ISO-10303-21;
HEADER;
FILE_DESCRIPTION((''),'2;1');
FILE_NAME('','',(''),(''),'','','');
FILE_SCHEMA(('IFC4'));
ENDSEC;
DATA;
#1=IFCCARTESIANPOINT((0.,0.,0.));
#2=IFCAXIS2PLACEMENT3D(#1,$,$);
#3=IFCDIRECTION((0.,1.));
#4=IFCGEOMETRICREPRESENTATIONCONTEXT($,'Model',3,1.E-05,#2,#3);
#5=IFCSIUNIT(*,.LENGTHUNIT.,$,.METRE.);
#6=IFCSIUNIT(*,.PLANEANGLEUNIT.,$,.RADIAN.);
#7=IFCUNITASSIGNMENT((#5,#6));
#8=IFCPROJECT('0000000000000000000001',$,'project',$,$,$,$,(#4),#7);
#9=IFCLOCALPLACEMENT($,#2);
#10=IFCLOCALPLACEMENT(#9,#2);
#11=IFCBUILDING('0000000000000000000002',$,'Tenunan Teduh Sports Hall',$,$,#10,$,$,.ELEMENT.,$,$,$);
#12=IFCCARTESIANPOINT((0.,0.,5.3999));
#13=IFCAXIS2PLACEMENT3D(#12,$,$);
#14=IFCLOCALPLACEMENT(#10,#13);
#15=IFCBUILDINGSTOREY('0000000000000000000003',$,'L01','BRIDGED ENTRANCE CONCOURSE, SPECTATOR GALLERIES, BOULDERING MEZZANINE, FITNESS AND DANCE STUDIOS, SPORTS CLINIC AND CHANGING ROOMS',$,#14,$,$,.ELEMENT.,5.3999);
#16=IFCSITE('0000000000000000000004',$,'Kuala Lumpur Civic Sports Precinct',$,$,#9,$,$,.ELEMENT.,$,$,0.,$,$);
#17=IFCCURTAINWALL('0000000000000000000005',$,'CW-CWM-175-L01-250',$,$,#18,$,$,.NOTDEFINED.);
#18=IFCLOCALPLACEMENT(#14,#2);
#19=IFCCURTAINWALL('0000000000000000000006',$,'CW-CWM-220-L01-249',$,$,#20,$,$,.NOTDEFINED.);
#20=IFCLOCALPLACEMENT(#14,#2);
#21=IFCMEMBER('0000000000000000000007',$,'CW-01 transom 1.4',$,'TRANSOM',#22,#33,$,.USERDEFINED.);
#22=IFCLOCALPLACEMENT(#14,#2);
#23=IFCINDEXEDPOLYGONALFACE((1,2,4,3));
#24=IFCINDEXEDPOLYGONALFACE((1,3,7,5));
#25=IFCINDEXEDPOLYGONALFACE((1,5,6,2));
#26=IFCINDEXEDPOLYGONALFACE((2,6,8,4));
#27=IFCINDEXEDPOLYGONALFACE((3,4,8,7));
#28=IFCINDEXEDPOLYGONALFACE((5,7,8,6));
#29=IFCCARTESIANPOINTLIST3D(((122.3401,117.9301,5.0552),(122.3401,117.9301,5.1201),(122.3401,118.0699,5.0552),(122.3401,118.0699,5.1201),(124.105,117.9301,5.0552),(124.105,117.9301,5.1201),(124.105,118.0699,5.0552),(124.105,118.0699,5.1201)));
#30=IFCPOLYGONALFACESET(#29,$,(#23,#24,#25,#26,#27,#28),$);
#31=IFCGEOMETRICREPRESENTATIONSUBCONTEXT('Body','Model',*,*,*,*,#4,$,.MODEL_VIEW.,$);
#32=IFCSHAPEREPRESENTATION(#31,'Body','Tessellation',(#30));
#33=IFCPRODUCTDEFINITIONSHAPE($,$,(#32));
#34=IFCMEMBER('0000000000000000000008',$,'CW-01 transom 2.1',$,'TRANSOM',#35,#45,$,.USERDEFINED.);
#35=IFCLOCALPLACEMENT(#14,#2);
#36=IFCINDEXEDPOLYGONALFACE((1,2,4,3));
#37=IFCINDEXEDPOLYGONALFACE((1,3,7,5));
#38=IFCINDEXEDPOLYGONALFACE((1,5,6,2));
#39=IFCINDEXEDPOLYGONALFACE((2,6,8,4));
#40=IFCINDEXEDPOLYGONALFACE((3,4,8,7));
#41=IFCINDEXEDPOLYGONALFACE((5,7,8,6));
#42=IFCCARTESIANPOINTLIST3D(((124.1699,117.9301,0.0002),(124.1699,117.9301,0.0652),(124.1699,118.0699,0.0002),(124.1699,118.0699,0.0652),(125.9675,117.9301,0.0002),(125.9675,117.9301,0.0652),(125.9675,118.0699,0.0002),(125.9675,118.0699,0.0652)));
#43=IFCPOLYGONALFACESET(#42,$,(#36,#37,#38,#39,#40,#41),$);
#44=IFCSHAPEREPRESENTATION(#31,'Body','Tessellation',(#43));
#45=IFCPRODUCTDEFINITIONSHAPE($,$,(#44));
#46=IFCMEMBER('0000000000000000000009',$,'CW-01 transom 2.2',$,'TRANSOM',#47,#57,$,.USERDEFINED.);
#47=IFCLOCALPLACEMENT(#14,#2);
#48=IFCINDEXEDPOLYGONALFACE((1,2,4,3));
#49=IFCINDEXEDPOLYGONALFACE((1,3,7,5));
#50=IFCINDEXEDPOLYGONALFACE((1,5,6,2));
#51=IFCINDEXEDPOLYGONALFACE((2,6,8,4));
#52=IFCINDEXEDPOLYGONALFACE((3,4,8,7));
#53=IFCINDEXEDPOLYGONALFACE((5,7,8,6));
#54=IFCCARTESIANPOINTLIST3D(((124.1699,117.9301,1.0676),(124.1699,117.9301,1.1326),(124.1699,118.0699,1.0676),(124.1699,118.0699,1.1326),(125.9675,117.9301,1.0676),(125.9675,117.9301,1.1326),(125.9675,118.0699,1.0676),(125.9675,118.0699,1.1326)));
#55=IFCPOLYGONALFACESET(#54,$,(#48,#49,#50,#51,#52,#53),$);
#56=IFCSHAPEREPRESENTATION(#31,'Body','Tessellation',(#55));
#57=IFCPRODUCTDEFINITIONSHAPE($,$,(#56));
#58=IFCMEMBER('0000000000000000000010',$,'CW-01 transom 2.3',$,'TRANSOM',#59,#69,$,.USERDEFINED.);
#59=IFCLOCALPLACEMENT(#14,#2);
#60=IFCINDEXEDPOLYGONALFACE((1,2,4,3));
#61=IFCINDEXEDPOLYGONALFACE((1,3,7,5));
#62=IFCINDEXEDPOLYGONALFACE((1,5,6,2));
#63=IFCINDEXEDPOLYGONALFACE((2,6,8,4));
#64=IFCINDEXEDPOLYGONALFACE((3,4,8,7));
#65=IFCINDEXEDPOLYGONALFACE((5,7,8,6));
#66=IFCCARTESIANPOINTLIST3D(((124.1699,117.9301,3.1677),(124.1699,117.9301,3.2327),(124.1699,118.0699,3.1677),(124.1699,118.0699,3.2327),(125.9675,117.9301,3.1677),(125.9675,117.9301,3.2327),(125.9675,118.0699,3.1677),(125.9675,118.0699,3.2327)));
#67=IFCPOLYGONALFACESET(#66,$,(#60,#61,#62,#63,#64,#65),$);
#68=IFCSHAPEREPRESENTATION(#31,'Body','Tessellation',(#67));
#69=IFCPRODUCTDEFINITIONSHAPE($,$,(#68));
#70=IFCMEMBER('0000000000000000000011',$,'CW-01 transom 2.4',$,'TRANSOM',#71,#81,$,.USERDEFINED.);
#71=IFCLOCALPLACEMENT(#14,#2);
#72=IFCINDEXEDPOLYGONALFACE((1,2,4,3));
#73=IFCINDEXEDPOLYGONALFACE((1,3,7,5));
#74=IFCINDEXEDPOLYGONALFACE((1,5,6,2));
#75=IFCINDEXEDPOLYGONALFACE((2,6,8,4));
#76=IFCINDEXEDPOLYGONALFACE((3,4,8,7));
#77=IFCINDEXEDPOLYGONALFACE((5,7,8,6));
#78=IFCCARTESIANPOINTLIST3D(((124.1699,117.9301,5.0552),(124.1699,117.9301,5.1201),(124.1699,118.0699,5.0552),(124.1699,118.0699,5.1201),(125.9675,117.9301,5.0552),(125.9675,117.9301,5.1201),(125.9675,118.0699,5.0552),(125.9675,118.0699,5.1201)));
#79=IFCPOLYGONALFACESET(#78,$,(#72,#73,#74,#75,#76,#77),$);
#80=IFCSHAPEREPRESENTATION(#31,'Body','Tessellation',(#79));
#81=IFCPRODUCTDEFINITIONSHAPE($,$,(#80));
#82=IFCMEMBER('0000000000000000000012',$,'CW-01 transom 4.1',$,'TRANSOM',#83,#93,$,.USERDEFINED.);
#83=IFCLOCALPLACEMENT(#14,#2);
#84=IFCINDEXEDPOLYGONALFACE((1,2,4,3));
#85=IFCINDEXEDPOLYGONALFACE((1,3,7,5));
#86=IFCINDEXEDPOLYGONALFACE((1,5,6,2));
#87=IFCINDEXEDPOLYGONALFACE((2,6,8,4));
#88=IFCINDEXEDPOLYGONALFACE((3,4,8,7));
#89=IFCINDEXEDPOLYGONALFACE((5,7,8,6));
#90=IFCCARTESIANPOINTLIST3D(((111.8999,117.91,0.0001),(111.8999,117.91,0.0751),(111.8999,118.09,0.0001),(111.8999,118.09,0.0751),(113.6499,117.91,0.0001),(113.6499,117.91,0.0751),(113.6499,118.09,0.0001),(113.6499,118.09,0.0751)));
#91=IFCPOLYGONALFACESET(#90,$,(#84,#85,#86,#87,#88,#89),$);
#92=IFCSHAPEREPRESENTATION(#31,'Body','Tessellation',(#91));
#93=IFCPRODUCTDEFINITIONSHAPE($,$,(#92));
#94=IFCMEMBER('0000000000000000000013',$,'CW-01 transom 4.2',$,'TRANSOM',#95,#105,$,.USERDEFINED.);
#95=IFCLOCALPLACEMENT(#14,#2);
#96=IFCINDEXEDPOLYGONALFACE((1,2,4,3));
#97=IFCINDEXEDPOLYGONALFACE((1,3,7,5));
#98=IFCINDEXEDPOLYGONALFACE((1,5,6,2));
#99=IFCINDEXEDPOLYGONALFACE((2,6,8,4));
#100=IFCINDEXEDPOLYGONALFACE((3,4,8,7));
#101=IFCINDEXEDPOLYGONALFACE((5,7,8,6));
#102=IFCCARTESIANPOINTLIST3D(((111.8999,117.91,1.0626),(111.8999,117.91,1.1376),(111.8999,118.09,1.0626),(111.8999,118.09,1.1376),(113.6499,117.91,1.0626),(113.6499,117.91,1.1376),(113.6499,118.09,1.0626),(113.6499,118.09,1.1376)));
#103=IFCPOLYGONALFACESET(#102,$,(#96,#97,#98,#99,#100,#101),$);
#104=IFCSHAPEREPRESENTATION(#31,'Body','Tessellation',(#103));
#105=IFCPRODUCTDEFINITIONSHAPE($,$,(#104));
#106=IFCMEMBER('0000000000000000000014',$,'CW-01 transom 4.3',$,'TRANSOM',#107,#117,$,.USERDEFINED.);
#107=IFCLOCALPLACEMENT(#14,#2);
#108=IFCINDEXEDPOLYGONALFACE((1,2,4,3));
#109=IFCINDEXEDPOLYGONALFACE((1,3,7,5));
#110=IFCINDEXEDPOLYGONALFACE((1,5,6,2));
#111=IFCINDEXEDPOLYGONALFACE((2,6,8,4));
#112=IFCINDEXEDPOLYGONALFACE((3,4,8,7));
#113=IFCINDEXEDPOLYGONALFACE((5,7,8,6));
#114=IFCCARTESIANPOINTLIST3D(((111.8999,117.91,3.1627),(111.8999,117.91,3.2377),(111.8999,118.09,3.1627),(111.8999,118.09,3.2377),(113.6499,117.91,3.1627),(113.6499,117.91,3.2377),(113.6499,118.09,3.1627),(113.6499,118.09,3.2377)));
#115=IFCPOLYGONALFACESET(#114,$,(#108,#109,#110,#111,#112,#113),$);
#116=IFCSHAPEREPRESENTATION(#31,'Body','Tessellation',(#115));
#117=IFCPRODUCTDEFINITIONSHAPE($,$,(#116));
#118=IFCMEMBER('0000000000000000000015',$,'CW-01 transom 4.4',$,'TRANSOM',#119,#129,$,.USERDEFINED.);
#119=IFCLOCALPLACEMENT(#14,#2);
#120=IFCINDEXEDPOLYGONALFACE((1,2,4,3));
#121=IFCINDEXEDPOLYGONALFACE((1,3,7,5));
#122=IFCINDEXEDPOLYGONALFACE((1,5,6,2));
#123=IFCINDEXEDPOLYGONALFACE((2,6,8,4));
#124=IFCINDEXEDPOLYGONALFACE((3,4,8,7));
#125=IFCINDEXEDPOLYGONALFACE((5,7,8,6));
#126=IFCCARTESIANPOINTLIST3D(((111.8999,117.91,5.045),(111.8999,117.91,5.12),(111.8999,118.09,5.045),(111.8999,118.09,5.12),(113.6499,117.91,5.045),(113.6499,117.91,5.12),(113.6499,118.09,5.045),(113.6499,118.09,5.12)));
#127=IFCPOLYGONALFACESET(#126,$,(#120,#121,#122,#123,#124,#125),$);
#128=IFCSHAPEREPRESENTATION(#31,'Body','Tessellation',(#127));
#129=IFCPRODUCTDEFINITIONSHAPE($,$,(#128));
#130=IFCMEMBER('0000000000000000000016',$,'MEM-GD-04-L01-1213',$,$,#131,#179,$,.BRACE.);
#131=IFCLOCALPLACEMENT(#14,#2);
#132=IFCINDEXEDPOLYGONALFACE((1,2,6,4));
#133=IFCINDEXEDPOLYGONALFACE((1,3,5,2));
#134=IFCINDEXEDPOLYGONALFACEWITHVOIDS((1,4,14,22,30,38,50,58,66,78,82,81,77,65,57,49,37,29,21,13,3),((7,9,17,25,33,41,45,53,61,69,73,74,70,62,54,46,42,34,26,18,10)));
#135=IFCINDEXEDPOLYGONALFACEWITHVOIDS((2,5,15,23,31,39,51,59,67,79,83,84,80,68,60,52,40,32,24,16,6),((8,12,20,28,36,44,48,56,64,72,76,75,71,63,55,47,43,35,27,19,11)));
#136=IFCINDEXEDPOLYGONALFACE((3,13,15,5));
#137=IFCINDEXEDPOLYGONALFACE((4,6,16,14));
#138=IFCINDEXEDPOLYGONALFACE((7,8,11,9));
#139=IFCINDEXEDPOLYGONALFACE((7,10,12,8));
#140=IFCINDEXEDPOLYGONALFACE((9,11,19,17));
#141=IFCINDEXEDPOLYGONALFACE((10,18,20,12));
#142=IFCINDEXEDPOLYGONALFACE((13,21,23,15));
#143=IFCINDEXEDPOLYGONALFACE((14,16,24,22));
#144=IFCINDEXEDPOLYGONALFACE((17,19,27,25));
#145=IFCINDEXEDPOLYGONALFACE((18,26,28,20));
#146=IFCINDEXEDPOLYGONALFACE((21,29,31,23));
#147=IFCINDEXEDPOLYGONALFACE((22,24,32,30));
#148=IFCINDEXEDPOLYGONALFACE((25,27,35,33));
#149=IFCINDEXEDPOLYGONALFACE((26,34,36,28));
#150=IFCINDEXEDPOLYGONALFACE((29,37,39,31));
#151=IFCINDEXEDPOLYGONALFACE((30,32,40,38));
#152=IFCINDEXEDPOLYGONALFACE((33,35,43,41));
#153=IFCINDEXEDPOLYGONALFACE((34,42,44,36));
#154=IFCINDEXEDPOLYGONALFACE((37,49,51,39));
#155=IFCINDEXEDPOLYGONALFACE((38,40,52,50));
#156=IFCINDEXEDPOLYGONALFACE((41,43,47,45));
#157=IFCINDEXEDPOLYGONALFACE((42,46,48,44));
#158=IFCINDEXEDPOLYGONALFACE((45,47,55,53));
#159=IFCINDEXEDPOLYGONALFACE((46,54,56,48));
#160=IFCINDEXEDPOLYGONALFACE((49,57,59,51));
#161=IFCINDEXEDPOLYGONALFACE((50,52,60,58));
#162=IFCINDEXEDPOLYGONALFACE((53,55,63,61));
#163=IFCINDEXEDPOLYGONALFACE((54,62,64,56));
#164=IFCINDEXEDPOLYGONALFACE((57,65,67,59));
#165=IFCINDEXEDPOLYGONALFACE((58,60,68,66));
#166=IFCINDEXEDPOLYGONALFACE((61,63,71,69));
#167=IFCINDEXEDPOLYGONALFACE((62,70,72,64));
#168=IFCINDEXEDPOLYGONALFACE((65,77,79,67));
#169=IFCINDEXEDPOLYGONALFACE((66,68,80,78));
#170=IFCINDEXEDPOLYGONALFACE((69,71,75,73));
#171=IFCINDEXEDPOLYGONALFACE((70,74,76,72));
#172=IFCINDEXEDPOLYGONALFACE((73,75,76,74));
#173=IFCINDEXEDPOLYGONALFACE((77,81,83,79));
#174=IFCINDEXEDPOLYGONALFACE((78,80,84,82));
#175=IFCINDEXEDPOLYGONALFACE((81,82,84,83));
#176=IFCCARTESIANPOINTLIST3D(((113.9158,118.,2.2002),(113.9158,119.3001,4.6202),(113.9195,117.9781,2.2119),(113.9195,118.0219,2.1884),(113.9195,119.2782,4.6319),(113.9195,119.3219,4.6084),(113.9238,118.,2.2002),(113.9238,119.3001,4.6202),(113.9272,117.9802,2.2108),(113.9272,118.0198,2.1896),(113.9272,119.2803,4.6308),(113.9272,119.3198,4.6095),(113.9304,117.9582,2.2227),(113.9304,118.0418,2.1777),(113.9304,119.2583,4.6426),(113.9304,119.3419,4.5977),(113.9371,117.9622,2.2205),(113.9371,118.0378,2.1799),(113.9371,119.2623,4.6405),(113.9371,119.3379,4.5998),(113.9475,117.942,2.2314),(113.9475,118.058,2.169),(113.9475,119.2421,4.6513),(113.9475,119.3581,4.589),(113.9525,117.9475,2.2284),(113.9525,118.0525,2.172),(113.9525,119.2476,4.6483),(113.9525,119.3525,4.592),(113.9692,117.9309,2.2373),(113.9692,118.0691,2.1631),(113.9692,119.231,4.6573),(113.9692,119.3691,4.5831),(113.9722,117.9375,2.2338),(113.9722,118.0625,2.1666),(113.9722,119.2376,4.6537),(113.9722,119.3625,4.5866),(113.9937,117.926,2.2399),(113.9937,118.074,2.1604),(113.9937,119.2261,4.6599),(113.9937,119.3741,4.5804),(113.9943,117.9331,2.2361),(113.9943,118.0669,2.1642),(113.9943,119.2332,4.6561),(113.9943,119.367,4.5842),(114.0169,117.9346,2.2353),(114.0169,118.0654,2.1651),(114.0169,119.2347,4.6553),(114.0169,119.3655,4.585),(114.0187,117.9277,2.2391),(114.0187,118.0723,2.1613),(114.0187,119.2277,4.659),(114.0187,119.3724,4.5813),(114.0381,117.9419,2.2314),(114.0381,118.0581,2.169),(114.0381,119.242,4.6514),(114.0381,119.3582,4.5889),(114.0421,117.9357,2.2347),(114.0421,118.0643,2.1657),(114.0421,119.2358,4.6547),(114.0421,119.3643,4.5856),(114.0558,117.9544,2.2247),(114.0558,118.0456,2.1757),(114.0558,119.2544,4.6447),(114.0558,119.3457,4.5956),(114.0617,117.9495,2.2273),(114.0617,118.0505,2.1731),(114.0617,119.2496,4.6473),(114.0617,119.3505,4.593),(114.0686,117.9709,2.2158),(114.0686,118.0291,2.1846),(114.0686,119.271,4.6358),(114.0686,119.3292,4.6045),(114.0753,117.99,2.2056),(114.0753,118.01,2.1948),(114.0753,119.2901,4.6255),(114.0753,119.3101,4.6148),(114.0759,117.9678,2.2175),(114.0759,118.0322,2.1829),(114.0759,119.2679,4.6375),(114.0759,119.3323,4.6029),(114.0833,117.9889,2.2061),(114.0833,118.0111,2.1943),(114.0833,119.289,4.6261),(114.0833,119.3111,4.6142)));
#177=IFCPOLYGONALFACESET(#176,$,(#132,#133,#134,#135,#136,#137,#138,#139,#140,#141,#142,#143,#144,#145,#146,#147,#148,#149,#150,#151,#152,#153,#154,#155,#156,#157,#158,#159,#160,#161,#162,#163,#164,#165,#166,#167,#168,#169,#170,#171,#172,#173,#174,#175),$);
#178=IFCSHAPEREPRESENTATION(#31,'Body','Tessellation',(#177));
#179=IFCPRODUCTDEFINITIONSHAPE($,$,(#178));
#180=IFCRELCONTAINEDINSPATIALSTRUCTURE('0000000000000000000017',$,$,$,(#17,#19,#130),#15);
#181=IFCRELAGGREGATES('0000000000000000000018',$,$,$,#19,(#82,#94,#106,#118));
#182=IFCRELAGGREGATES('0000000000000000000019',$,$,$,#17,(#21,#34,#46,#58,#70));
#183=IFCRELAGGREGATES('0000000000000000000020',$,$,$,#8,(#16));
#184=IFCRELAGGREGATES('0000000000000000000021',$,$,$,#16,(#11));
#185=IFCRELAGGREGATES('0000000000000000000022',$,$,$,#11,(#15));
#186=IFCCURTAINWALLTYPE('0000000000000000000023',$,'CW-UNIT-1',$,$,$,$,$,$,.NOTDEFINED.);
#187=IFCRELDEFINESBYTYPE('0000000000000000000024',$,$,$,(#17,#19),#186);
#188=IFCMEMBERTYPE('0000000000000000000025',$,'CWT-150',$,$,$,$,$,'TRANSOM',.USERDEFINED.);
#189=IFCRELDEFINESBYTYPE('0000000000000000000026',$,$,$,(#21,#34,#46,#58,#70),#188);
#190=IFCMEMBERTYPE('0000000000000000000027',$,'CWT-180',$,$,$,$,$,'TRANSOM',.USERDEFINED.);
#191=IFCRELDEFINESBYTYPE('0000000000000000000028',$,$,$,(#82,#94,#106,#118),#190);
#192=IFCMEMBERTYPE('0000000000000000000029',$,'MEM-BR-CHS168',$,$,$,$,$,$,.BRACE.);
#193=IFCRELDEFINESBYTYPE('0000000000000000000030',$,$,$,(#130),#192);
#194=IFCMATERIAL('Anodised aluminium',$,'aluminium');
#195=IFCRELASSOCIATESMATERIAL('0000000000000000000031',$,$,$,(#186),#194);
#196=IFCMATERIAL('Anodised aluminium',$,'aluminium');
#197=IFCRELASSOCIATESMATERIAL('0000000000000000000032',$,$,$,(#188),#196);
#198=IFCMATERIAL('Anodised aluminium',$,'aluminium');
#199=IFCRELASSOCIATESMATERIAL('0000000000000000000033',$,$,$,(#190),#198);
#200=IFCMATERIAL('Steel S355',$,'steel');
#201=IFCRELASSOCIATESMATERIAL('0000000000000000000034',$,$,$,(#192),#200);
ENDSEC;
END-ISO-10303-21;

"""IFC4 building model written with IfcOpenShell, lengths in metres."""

from ifc_helpers import new_model, si_unit, direction, frame, origin, origin_2d, place, context, subcontext, project, spatial, rectangle, hollow_circle, extrude, material, material_profile, profile_set, type_object, element, aggregate, save


model = new_model("IFC4")

# Units and contexts
model_context = context("Model", 3, precision=1e-05, world=origin(), true_north=direction((0.0, 1.0)))
body_context = subcontext(model_context, "Body", "Model", "MODEL_VIEW")
ifc_project = project(units=[si_unit("LENGTHUNIT", "METRE"), si_unit("PLANEANGLEUNIT", "RADIAN")], contexts=[model_context])

# Site, building, storey
site_placement = place(None, origin())
site = spatial("IfcSite", under=ifc_project, at=site_placement, Name="Kuala Lumpur Civic Sports Precinct", CompositionType="ELEMENT", RefElevation=0.0)
building_placement = place(site_placement, origin())
building = spatial("IfcBuilding", under=site, at=building_placement, Name="Tenunan Teduh Sports Hall", CompositionType="ELEMENT")
storey_placement = place(building_placement, frame((0.0, 0.0, 5.3999)))
storey = spatial("IfcBuildingStorey", under=building, at=storey_placement, Name="L01", Description="BRIDGED ENTRANCE CONCOURSE, SPECTATOR GALLERIES, BOULDERING MEZZANINE, FITNESS AND DANCE STUDIOS, SPORTS CLINIC AND CHANGING ROOMS", CompositionType="ELEMENT", Elevation=5.3999)

# Curtain wall
ifc_material_1 = material(Name="Anodised aluminium", Category="aluminium")
curtain_wall_type = type_object("IfcCurtainWallType", Name="CW-UNIT-1", PredefinedType="NOTDEFINED", material=ifc_material_1)
curtain_wall_1_placement = place(storey_placement, origin())
curtain_wall_1 = element("IfcCurtainWall", 1, at=curtain_wall_1_placement, inside=storey, type_object=curtain_wall_type, Name="CW-CWM-175-L01-250", PredefinedType="NOTDEFINED")

# Curtain wall
curtain_wall_2_placement = place(storey_placement, origin())
curtain_wall_2 = element("IfcCurtainWall", 2, at=curtain_wall_2_placement, inside=storey, type_object=curtain_wall_type, Name="CW-CWM-220-L01-249", PredefinedType="NOTDEFINED")

# Members
ifc_material_2 = material(Name="Anodised aluminium", Category="aluminium")
ifc_material_profile_1 = material_profile(ifc_material_2, rectangle(XDim=0.0649, YDim=0.1399, at=origin_2d()), Name="CWT 65x140")
ifc_profile_set_1 = profile_set([ifc_material_profile_1], Name="Anodised aluminium")
member_type_1 = type_object("IfcMemberType", Name="CWT-150", ElementType="TRANSOM", PredefinedType="USERDEFINED", material=ifc_profile_set_1)
member_1_placement = place(storey_placement, frame((122.3401, 118.0, 5.0876), z_axis=(1.0, 0.0, 0.0), x_axis=(0.0, 0.0, 1.0)))
member_1 = element("IfcMember", 3, at=member_1_placement, type_object=member_type_1, Name="CW-01 transom 1.4", ObjectType="TRANSOM", PredefinedType="USERDEFINED", context=body_context, shape_type="SweptSolid", body=[
    extrude(rectangle(XDim=0.0649, YDim=0.1399, at=origin_2d()), origin(), (0.0, 0.0, 1.0), 1.7649),
])
member_2_placement = place(storey_placement, frame((124.1699, 118.0, 0.0327), z_axis=(1.0, 0.0, 0.0), x_axis=(0.0, 0.0, 1.0)))
member_2 = element("IfcMember", 4, at=member_2_placement, type_object=member_type_1, Name="CW-01 transom 2.1", ObjectType="TRANSOM", PredefinedType="USERDEFINED", context=body_context, shape_type="SweptSolid", body=[
    extrude(rectangle(XDim=0.0649, YDim=0.1399, at=origin_2d()), origin(), (0.0, 0.0, 1.0), 1.7976),
])
member_3_placement = place(storey_placement, frame((124.1699, 118.0, 1.1001), z_axis=(1.0, 0.0, 0.0), x_axis=(0.0, 0.0, 1.0)))
member_3 = element("IfcMember", 5, at=member_3_placement, type_object=member_type_1, Name="CW-01 transom 2.2", ObjectType="TRANSOM", PredefinedType="USERDEFINED", context=body_context, shape_type="SweptSolid", body=[
    extrude(rectangle(XDim=0.0649, YDim=0.1399, at=origin_2d()), origin(), (0.0, 0.0, 1.0), 1.7976),
])
member_4_placement = place(storey_placement, frame((124.1699, 118.0, 3.2002), z_axis=(1.0, 0.0, 0.0), x_axis=(0.0, 0.0, 1.0)))
member_4 = element("IfcMember", 6, at=member_4_placement, type_object=member_type_1, Name="CW-01 transom 2.3", ObjectType="TRANSOM", PredefinedType="USERDEFINED", context=body_context, shape_type="SweptSolid", body=[
    extrude(rectangle(XDim=0.0649, YDim=0.1399, at=origin_2d()), origin(), (0.0, 0.0, 1.0), 1.7976),
])
member_5_placement = place(storey_placement, frame((124.1699, 118.0, 5.0876), z_axis=(1.0, 0.0, 0.0), x_axis=(0.0, 0.0, 1.0)))
member_5 = element("IfcMember", 7, at=member_5_placement, type_object=member_type_1, Name="CW-01 transom 2.4", ObjectType="TRANSOM", PredefinedType="USERDEFINED", context=body_context, shape_type="SweptSolid", body=[
    extrude(rectangle(XDim=0.0649, YDim=0.1399, at=origin_2d()), origin(), (0.0, 0.0, 1.0), 1.7976),
])
ifc_material_3 = material(Name="Anodised aluminium", Category="aluminium")
ifc_material_profile_2 = material_profile(ifc_material_3, rectangle(XDim=0.075, YDim=0.1799, at=origin_2d()), Name="CWT 75x180")
ifc_profile_set_2 = profile_set([ifc_material_profile_2], Name="Anodised aluminium")
member_type_2 = type_object("IfcMemberType", Name="CWT-180", ElementType="TRANSOM", PredefinedType="USERDEFINED", material=ifc_profile_set_2)
member_6_placement = place(storey_placement, frame((111.8999, 118.0, 0.0376), z_axis=(1.0, 0.0, 0.0), x_axis=(0.0, 0.0, 1.0)))
member_6 = element("IfcMember", 8, at=member_6_placement, type_object=member_type_2, Name="CW-01 transom 4.1", ObjectType="TRANSOM", PredefinedType="USERDEFINED", context=body_context, shape_type="SweptSolid", body=[
    extrude(rectangle(XDim=0.075, YDim=0.1799, at=origin_2d()), origin(), (0.0, 0.0, 1.0), 1.75),
])
member_7_placement = place(storey_placement, frame((111.8999, 118.0, 1.1001), z_axis=(1.0, 0.0, 0.0), x_axis=(0.0, 0.0, 1.0)))
member_7 = element("IfcMember", 9, at=member_7_placement, type_object=member_type_2, Name="CW-01 transom 4.2", ObjectType="TRANSOM", PredefinedType="USERDEFINED", context=body_context, shape_type="SweptSolid", body=[
    extrude(rectangle(XDim=0.075, YDim=0.1799, at=origin_2d()), origin(), (0.0, 0.0, 1.0), 1.75),
])
member_8_placement = place(storey_placement, frame((111.8999, 118.0, 3.2002), z_axis=(1.0, 0.0, 0.0), x_axis=(0.0, 0.0, 1.0)))
member_8 = element("IfcMember", 10, at=member_8_placement, type_object=member_type_2, Name="CW-01 transom 4.3", ObjectType="TRANSOM", PredefinedType="USERDEFINED", context=body_context, shape_type="SweptSolid", body=[
    extrude(rectangle(XDim=0.075, YDim=0.1799, at=origin_2d()), origin(), (0.0, 0.0, 1.0), 1.75),
])
member_9_placement = place(storey_placement, frame((111.8999, 118.0, 5.0825), z_axis=(1.0, 0.0, 0.0), x_axis=(0.0, 0.0, 1.0)))
member_9 = element("IfcMember", 11, at=member_9_placement, type_object=member_type_2, Name="CW-01 transom 4.4", ObjectType="TRANSOM", PredefinedType="USERDEFINED", context=body_context, shape_type="SweptSolid", body=[
    extrude(rectangle(XDim=0.075, YDim=0.1799, at=origin_2d()), origin(), (0.0, 0.0, 1.0), 1.75),
])

# Member
ifc_material_4 = material(Name="Steel S355", Category="steel")
ifc_material_profile_3 = material_profile(ifc_material_4, hollow_circle(Radius=0.0842, WallThickness=0.0081, at=origin_2d()), Name="CHS 168.3x8.0")
ifc_profile_set_3 = profile_set([ifc_material_profile_3], Name="Steel S355")
member_type_3 = type_object("IfcMemberType", Name="MEM-BR-CHS168", PredefinedType="BRACE", material=ifc_profile_set_3)
for number, where, z_axis, x_axis, name in (
    (12, (114.0, 118.0, 2.2002), (0.0, 0.473257, 0.880924), (-1.0, 0.0, 0.0), "MEM-GD-04-L01-1213"),
):
    element("IfcMember", number, at=place(storey_placement, frame(where, z_axis=z_axis, x_axis=x_axis)), inside=storey, type_object=member_type_3, Name=name, PredefinedType="BRACE", context=body_context, shape_type="SweptSolid", body=[
        extrude(hollow_circle(Radius=0.0842, WallThickness=0.0081, at=origin_2d()), origin(), (0.0, 0.0, 1.0), 2.7471),
    ])

aggregate(curtain_wall_2, [member_6, member_7, member_8, member_9])
aggregate(curtain_wall_1, [member_1, member_2, member_3, member_4, member_5])

save(model, "model.ifc")
